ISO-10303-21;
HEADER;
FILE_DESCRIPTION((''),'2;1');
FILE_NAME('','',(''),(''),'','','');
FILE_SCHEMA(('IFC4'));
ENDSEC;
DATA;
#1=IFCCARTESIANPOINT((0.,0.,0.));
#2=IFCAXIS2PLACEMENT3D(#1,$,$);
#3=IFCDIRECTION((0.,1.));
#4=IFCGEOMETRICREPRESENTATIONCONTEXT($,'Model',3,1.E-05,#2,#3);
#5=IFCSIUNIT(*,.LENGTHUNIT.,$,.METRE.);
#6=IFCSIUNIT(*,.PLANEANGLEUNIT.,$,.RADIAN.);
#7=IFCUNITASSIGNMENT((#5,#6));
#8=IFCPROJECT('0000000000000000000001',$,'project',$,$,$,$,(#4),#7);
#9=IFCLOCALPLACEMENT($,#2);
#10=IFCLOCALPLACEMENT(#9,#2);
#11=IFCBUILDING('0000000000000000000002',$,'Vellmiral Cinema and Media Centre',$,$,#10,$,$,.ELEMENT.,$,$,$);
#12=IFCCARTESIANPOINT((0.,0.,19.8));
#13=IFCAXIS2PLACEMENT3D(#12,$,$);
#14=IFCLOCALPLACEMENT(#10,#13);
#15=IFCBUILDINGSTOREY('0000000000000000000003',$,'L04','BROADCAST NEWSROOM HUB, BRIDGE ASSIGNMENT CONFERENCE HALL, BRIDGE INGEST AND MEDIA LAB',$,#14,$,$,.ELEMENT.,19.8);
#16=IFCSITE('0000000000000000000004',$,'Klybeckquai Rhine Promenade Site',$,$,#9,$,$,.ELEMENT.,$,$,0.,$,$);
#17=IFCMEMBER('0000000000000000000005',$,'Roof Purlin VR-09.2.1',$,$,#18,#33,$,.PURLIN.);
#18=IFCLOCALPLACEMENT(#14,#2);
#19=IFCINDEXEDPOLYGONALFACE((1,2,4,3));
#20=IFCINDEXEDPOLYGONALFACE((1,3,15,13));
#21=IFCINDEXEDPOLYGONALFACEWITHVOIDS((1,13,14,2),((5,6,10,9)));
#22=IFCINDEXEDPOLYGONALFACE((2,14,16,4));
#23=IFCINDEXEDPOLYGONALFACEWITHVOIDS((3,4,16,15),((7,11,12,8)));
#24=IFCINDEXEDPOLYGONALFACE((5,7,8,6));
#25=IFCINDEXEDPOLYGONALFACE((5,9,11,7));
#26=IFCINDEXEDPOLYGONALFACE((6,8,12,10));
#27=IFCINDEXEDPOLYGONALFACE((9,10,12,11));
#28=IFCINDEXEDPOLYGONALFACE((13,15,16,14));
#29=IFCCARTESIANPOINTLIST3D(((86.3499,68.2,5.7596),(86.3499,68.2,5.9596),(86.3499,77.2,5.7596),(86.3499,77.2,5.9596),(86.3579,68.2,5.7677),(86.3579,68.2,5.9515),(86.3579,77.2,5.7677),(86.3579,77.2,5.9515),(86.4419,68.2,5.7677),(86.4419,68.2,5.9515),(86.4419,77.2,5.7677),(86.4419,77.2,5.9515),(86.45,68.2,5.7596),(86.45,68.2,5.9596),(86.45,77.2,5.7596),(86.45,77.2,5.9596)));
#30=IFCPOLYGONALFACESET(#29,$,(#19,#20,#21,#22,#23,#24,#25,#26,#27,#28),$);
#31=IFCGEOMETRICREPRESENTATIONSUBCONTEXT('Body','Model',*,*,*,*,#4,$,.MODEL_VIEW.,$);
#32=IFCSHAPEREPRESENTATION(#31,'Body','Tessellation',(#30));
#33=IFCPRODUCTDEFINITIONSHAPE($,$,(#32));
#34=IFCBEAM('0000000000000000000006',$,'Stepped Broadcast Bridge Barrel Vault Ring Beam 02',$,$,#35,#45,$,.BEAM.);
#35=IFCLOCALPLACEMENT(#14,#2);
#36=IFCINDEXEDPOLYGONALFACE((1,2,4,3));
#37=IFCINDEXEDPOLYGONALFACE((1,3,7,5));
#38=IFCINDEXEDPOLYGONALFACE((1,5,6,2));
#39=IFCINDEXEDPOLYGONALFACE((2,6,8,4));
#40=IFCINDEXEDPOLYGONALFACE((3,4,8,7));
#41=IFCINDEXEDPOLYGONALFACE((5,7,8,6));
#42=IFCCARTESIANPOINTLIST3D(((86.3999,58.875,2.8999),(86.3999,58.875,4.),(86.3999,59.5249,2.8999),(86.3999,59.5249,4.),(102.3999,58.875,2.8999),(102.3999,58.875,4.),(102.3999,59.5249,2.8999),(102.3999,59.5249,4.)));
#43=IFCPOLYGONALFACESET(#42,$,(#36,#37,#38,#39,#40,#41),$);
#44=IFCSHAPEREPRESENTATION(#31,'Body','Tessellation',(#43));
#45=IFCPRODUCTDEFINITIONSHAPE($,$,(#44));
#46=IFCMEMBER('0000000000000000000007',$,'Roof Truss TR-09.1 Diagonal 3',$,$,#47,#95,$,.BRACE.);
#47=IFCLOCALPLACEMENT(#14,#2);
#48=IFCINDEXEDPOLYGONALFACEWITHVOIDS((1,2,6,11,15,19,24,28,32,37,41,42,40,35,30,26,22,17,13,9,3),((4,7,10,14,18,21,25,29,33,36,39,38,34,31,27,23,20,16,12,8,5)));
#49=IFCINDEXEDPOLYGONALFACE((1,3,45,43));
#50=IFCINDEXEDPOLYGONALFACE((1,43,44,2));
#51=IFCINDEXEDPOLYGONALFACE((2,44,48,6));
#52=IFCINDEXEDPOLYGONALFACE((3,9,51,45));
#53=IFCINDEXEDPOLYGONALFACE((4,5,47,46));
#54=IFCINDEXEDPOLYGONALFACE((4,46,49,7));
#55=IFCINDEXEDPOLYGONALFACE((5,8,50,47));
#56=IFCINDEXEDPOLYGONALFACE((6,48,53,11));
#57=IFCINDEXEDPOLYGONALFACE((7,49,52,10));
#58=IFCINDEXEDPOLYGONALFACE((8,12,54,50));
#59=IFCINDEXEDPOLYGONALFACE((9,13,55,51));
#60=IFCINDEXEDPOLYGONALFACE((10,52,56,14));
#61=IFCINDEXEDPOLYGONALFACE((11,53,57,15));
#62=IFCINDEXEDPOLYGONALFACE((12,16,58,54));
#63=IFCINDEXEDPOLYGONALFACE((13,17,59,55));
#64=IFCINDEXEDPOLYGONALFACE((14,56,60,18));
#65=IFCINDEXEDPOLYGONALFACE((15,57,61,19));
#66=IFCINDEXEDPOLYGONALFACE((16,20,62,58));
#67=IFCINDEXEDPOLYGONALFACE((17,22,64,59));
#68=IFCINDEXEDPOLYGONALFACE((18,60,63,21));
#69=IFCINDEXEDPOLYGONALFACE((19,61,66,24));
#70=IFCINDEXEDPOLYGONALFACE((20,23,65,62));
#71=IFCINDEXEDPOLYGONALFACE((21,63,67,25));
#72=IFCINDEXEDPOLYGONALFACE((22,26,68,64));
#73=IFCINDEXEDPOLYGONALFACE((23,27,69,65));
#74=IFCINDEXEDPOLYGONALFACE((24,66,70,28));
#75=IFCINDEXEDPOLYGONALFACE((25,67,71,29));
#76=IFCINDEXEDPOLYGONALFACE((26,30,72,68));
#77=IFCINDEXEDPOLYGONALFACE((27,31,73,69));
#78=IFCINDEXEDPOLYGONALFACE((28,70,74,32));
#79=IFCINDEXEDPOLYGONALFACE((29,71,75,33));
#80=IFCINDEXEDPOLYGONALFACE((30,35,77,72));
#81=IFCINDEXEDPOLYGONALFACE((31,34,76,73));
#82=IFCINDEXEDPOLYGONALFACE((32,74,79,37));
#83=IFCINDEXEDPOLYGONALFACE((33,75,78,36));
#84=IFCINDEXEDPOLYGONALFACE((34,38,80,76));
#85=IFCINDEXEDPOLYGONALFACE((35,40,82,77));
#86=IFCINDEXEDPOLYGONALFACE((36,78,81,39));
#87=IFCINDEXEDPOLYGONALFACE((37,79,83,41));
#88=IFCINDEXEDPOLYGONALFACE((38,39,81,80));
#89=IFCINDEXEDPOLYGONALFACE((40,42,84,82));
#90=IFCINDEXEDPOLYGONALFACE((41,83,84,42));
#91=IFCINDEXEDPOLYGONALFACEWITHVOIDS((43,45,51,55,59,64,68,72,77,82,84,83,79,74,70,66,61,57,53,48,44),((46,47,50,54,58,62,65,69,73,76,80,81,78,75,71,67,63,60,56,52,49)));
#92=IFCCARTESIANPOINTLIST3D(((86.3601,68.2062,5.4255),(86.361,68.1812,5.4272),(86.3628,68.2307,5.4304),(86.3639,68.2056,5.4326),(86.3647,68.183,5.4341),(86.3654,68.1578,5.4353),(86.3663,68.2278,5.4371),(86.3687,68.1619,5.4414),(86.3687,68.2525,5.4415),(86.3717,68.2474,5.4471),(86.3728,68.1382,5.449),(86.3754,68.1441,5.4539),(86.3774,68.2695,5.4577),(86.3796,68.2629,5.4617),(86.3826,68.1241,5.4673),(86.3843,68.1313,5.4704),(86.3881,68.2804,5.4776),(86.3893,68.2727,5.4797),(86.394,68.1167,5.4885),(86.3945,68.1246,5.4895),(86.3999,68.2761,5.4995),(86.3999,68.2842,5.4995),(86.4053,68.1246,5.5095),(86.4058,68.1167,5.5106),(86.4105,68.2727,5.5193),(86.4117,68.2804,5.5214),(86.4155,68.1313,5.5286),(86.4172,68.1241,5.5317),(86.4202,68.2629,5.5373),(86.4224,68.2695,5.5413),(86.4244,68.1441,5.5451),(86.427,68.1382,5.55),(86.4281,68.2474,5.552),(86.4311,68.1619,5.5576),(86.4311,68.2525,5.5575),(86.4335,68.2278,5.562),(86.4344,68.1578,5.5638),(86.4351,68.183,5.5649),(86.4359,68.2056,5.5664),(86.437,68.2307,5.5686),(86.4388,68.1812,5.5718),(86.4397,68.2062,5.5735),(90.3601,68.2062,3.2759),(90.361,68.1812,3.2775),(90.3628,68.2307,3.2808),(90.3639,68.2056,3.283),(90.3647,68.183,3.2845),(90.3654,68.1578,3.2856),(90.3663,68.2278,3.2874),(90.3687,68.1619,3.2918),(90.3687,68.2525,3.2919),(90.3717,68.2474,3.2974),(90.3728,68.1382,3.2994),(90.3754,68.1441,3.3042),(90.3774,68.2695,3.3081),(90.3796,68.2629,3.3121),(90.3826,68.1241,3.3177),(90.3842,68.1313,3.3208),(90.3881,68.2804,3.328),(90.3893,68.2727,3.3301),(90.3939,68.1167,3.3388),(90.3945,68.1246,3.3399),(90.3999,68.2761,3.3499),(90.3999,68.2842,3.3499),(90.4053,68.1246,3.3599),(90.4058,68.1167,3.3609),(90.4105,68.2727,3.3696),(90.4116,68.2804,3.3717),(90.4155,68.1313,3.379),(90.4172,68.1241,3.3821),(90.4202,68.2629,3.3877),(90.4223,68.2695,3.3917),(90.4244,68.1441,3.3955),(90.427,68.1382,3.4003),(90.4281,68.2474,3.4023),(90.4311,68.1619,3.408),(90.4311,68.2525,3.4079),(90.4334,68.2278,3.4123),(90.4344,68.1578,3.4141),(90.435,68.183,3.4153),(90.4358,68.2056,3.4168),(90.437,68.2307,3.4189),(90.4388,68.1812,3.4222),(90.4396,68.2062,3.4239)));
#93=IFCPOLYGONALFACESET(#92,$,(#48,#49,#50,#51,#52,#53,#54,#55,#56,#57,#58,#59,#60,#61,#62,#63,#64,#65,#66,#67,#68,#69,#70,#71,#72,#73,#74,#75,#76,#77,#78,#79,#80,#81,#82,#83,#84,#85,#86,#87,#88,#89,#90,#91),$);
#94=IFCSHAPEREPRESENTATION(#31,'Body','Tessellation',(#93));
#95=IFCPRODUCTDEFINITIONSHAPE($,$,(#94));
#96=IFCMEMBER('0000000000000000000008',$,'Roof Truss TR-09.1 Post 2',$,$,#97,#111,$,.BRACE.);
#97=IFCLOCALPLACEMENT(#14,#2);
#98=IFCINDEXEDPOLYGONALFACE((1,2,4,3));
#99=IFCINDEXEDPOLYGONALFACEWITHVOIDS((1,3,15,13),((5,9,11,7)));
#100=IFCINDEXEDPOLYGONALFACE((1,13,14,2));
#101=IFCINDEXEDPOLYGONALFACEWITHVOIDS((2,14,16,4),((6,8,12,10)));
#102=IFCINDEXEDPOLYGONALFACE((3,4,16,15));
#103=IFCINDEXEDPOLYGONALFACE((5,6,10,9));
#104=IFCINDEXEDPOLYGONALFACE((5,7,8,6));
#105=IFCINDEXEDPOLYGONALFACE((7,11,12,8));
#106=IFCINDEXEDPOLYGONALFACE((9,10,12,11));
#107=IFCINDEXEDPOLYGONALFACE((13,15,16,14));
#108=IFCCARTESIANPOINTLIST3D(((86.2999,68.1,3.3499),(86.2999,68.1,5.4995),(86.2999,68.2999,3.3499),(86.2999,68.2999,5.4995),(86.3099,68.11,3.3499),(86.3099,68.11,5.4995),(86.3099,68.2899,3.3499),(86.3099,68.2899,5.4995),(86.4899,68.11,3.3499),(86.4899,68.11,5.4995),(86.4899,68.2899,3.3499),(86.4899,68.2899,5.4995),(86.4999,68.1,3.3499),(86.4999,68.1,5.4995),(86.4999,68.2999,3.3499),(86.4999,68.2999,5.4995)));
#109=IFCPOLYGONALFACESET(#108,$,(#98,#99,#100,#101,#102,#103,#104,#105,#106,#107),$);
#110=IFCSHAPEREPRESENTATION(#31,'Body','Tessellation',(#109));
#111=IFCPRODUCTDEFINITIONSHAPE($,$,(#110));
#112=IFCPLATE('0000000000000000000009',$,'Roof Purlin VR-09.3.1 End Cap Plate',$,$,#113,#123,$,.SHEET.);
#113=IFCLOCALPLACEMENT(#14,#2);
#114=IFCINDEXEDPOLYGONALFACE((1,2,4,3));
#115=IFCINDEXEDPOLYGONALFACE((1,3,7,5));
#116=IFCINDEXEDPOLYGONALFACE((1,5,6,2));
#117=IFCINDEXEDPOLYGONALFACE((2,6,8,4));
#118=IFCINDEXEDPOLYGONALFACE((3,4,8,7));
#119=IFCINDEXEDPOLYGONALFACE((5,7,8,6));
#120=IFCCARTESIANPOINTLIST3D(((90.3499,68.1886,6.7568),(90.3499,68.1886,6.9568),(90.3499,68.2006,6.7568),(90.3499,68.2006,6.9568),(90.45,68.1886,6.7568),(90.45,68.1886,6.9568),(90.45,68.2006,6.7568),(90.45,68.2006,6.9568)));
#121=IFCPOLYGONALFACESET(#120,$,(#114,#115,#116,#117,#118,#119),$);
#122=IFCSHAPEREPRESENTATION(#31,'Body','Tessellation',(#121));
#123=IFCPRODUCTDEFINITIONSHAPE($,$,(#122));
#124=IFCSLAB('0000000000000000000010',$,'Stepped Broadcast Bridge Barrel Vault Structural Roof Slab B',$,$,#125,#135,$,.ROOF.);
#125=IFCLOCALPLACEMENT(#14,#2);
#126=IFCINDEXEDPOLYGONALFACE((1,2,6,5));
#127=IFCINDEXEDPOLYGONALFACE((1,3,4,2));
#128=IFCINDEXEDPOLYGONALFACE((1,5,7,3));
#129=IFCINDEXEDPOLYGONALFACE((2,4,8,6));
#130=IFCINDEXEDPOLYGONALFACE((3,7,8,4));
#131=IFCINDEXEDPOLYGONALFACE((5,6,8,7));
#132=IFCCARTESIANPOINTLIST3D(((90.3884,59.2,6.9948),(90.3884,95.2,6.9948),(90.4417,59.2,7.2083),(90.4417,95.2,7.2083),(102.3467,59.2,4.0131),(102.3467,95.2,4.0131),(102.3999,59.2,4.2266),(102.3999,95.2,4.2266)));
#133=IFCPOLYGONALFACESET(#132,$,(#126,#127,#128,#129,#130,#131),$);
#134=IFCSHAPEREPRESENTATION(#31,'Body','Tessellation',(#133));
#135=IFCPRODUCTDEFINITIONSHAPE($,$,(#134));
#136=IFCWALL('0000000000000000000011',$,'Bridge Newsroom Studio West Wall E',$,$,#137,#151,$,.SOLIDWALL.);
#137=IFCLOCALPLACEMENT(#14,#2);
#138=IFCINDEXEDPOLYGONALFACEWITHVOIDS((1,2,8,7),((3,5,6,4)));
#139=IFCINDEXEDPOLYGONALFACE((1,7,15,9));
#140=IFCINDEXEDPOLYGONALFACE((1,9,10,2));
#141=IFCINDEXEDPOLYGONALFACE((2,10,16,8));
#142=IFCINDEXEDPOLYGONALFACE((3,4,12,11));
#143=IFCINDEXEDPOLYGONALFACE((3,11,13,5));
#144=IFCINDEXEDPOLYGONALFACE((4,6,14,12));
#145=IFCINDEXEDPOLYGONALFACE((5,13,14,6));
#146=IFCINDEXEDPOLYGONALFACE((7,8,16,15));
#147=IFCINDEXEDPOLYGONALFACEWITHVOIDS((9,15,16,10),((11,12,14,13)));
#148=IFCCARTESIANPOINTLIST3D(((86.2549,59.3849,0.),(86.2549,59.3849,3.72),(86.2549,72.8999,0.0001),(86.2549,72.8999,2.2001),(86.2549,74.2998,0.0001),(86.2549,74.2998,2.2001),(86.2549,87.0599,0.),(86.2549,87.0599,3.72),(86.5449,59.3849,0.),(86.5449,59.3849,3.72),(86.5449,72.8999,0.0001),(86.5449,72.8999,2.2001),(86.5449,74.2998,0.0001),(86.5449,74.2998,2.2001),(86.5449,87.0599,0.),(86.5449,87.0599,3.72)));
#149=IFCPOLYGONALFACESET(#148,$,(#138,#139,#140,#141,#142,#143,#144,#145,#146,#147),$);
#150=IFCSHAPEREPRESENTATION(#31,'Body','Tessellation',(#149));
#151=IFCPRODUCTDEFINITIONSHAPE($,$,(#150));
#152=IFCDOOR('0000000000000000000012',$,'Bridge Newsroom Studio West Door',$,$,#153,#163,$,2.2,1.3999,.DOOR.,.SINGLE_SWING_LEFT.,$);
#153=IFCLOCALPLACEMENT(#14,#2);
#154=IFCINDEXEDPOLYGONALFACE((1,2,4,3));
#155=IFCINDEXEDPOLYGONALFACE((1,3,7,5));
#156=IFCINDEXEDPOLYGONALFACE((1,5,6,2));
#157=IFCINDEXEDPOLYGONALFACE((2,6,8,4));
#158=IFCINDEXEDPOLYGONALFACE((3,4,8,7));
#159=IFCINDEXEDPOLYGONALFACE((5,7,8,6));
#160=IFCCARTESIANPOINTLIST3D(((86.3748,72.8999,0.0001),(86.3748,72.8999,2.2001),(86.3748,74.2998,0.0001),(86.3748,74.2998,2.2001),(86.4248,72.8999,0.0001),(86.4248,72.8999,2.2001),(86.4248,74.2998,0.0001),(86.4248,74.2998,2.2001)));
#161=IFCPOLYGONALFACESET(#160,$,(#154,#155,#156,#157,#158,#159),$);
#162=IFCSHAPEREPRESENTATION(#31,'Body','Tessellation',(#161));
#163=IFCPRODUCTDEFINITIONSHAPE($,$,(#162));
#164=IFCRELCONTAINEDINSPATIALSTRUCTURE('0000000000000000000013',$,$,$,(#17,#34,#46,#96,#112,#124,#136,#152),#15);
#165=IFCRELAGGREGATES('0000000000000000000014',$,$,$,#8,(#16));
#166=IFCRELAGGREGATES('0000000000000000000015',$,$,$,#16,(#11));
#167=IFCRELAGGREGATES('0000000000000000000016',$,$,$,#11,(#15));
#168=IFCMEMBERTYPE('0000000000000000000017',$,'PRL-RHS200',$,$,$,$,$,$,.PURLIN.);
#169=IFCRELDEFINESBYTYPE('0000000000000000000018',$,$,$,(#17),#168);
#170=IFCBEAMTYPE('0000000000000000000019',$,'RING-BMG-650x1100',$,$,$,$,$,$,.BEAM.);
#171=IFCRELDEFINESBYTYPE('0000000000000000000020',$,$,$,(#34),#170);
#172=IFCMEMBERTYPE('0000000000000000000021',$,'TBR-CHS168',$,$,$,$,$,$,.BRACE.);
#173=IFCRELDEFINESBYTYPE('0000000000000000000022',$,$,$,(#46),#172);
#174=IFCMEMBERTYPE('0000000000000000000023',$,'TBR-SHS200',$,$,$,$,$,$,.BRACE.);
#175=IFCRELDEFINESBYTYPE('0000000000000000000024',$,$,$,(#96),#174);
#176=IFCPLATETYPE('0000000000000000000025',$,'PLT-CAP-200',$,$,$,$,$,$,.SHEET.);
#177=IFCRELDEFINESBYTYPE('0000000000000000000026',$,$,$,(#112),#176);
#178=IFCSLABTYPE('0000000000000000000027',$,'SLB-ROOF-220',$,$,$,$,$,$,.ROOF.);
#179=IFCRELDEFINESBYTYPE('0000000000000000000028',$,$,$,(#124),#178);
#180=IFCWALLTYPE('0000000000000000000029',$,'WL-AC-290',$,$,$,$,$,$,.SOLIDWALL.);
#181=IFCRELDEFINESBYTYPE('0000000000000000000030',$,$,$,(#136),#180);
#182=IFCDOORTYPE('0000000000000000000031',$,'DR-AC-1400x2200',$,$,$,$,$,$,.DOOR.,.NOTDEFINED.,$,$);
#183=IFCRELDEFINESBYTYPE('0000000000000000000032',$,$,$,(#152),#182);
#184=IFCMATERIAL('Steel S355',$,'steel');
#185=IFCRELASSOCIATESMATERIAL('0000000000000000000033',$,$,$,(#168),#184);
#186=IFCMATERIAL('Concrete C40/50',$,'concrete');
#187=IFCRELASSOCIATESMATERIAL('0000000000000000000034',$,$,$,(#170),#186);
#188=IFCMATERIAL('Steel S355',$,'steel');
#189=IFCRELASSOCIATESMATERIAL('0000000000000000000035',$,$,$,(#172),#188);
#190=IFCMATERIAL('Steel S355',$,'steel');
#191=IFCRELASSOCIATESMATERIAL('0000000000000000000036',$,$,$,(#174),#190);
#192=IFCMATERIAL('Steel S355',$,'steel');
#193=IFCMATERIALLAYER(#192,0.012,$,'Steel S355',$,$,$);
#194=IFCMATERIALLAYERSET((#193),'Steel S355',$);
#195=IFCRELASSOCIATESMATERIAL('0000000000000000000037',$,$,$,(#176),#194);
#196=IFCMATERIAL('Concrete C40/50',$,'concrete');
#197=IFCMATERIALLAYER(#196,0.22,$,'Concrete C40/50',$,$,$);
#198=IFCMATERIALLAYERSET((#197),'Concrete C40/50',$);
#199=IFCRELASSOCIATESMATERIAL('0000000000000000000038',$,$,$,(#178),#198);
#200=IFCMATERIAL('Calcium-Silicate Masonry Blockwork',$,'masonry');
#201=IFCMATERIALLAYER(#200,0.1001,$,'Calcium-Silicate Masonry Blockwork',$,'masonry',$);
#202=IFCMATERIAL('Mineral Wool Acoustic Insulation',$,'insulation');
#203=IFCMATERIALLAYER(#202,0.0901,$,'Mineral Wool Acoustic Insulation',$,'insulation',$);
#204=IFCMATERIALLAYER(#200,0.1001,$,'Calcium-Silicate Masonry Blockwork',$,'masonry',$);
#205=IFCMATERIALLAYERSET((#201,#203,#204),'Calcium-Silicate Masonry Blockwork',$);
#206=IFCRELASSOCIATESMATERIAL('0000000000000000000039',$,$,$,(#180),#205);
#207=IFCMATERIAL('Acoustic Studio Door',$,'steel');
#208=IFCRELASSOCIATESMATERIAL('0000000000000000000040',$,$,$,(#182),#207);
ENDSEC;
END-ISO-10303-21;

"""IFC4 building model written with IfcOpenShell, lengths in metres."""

from ifc_helpers import new_model, si_unit, direction, frame, frame_2d, origin, origin_2d, place, context, subcontext, project, spatial, polyline, rectangle, hollow_rectangle, hollow_circle, outline, extrude, material, layer, layer_set, material_profile, profile_set, type_object, element, fill, save


model = new_model("IFC4")

# Units and contexts
model_context = context("Model", 3, precision=1e-05, world=origin(), true_north=direction((0.0, 1.0)))
body_context = subcontext(model_context, "Body", "Model", "MODEL_VIEW")
ifc_project = project(units=[si_unit("LENGTHUNIT", "METRE"), si_unit("PLANEANGLEUNIT", "RADIAN")], contexts=[model_context])

# Site, building, storey
site_placement = place(None, origin())
site = spatial("IfcSite", under=ifc_project, at=site_placement, Name="Klybeckquai Rhine Promenade Site", CompositionType="ELEMENT", RefElevation=0.0)
building_placement = place(site_placement, origin())
building = spatial("IfcBuilding", under=site, at=building_placement, Name="Vellmiral Cinema and Media Centre", CompositionType="ELEMENT")
storey_placement = place(building_placement, frame((0.0, 0.0, 19.8)))
storey = spatial("IfcBuildingStorey", under=building, at=storey_placement, Name="L04", Description="BROADCAST NEWSROOM HUB, BRIDGE ASSIGNMENT CONFERENCE HALL, BRIDGE INGEST AND MEDIA LAB", CompositionType="ELEMENT", Elevation=19.8)

# Member
ifc_material_1 = material(Name="Steel S355", Category="steel")
ifc_material_profile_1 = material_profile(ifc_material_1, hollow_rectangle(XDim=0.1001, YDim=0.2, WallThickness=0.0081, at=origin_2d()), Name="RHS 200x100x8.0")
ifc_profile_set_1 = profile_set([ifc_material_profile_1], Name="Steel S355")
member_type_1 = type_object("IfcMemberType", Name="PRL-RHS200", PredefinedType="PURLIN", material=ifc_profile_set_1)
member_1_placement = place(storey_placement, frame((86.3999, 68.2, 5.8596), z_axis=(0.0, 1.0, 0.0), x_axis=(-1.0, 0.0, 0.0)))
element("IfcMember", 1, at=member_1_placement, inside=storey, type_object=member_type_1, Name="Roof Purlin VR-09.2.1", PredefinedType="PURLIN", context=body_context, shape_type="SweptSolid", body=[
    extrude(hollow_rectangle(XDim=0.1001, YDim=0.2, WallThickness=0.0081, at=origin_2d()), origin(), (0.0, 0.0, 1.0), 9.0),
])

# Beam
ifc_material_2 = material(Name="Concrete C40/50", Category="concrete")
ifc_material_profile_2 = material_profile(ifc_material_2, rectangle(XDim=0.6499, YDim=1.1001, at=origin_2d()), Name="RC 650x1100")
ifc_profile_set_2 = profile_set([ifc_material_profile_2], Name="Concrete C40/50")
beam_type = type_object("IfcBeamType", Name="RING-BMG-650x1100", PredefinedType="BEAM", material=ifc_profile_set_2)
beam_placement = place(storey_placement, frame((86.3999, 59.2, 3.45), z_axis=(1.0, 0.0, 0.0), x_axis=(0.0, 1.0, 0.0)))
element("IfcBeam", 2, at=beam_placement, inside=storey, type_object=beam_type, Name="Stepped Broadcast Bridge Barrel Vault Ring Beam 02", PredefinedType="BEAM", context=body_context, shape_type="SweptSolid", body=[
    extrude(rectangle(XDim=0.6499, YDim=1.1001, at=origin_2d()), origin(), (0.0, 0.0, 1.0), 16.0),
])

# Members
ifc_material_3 = material(Name="Steel S355", Category="steel")
ifc_material_profile_3 = material_profile(ifc_material_3, hollow_circle(Radius=0.0842, WallThickness=0.0081, at=origin_2d()), Name="CHS 168.3x8.0")
ifc_profile_set_3 = profile_set([ifc_material_profile_3], Name="Steel S355")
member_type_2 = type_object("IfcMemberType", Name="TBR-CHS168", PredefinedType="BRACE", material=ifc_profile_set_3)
member_2_placement = place(storey_placement, frame((86.3999, 68.2, 5.4995), z_axis=(0.880856, 0.0, -0.473385), x_axis=(0.0, 1.0, 0.0)))
element("IfcMember", 3, at=member_2_placement, inside=storey, type_object=member_type_2, Name="Roof Truss TR-09.1 Diagonal 3", PredefinedType="BRACE", context=body_context, shape_type="SweptSolid", body=[
    extrude(hollow_circle(Radius=0.0842, WallThickness=0.0081, at=origin_2d()), origin(), (0.0, 0.0, 1.0), 4.541),
])
ifc_material_4 = material(Name="Steel S355", Category="steel")
ifc_material_profile_4 = material_profile(ifc_material_4, hollow_rectangle(XDim=0.2, YDim=0.2, WallThickness=0.01, at=origin_2d()), Name="SHS 200x200x10.0")
ifc_profile_set_4 = profile_set([ifc_material_profile_4], Name="Steel S355")
member_type_3 = type_object("IfcMemberType", Name="TBR-SHS200", PredefinedType="BRACE", material=ifc_profile_set_4)
member_3_placement = place(storey_placement, frame((86.3999, 68.2, 3.3499), z_axis=(0.0, 0.0, 1.0), x_axis=(1.0, 0.0, 0.0)))
element("IfcMember", 4, at=member_3_placement, inside=storey, type_object=member_type_3, Name="Roof Truss TR-09.1 Post 2", PredefinedType="BRACE", context=body_context, shape_type="SweptSolid", body=[
    extrude(hollow_rectangle(XDim=0.2, YDim=0.2, WallThickness=0.01, at=origin_2d()), origin(), (0.0, 0.0, 1.0), 2.1497),
])

# Plate
ifc_material_5 = material(Name="Steel S355", Category="steel")
ifc_layer_1 = layer(ifc_material_5, 0.012, Name="Steel S355")
ifc_layer_set_1 = layer_set([ifc_layer_1], Name="Steel S355")
plate_type = type_object("IfcPlateType", Name="PLT-CAP-200", PredefinedType="SHEET", material=ifc_layer_set_1)
plate_placement = place(storey_placement, frame((90.3999, 68.1946, 6.7568), z_axis=(0.0, 0.0, 1.0), x_axis=(1.0, 0.0, 0.0)))
element("IfcPlate", 5, at=plate_placement, inside=storey, type_object=plate_type, Name="Roof Purlin VR-09.3.1 End Cap Plate", PredefinedType="SHEET", context=body_context, shape_type="SweptSolid", body=[
    extrude(rectangle(XDim=0.1001, YDim=0.012, at=origin_2d()), origin(), (0.0, 0.0, 1.0), 0.2),
])

# Slab
ifc_material_6 = material(Name="Concrete C40/50", Category="concrete")
ifc_layer_2 = layer(ifc_material_6, 0.22, Name="Concrete C40/50")
ifc_layer_set_2 = layer_set([ifc_layer_2], Name="Concrete C40/50")
slab_type = type_object("IfcSlabType", Name="SLB-ROOF-220", PredefinedType="ROOF", material=ifc_layer_set_2)
slab_placement = place(storey_placement, frame((90.4417, 59.2, 7.2083), z_axis=(0.241934, 0.0, 0.970293), x_axis=(0.970293, 0.0, -0.241934)))
element("IfcSlab", 6, at=slab_placement, inside=storey, type_object=slab_type, Name="Stepped Broadcast Bridge Barrel Vault Structural Roof Slab B", PredefinedType="ROOF", context=body_context, shape_type="SweptSolid", body=[
    extrude(outline(polyline([(0.0, 0.0), (12.3244, 0.0), (12.3244, 36.0), (0.0, 36.0), (0.0, 0.0)])), origin(), (0.0, 0.0, -1.0), 0.22),
])

# Wall, opening, door
ifc_material_7 = material(Name="Calcium-Silicate Masonry Blockwork", Category="masonry")
ifc_layer_3 = layer(ifc_material_7, 0.1001, Name="Calcium-Silicate Masonry Blockwork", Category="masonry")
ifc_material_8 = material(Name="Mineral Wool Acoustic Insulation", Category="insulation")
ifc_layer_4 = layer(ifc_material_8, 0.0901, Name="Mineral Wool Acoustic Insulation", Category="insulation")
ifc_layer_5 = layer(ifc_material_7, 0.1001, Name="Calcium-Silicate Masonry Blockwork", Category="masonry")
ifc_layer_set_3 = layer_set([ifc_layer_3, ifc_layer_4, ifc_layer_5], Name="Calcium-Silicate Masonry Blockwork")
wall_type_1 = type_object("IfcWallType", Name="WL-AC-290", PredefinedType="SOLIDWALL", material=ifc_layer_set_3)
wall_1_placement = place(storey_placement, frame((86.3999, 59.385, 0.0), z_axis=(0.0, 0.0, 1.0), x_axis=(0.0, 1.0, 0.0)))
wall_1 = element("IfcWall", 7, at=wall_1_placement, inside=storey, type_object=wall_type_1, Name="Bridge Newsroom Studio West Wall E", PredefinedType="SOLIDWALL", context=body_context, shape_type="SweptSolid", body=[
    extrude(rectangle(XDim=27.675, YDim=0.29, at=frame_2d((13.8374, 0.0))), origin(), (0.0, 0.0, 1.0), 3.72),
])
opening_1_placement = place(wall_1_placement, frame((13.5149, 0.0, 0.0)))
opening_1 = element("IfcOpeningElement", 8, at=opening_1_placement, cuts=wall_1, PredefinedType="OPENING", context=body_context, shape_type="SweptSolid", body=[
    extrude(rectangle(XDim=1.3999, YDim=2.2, at=frame_2d((0.7, 1.1001))), frame((0.0, 0.157, 0.0), z_axis=(0.0, -1.0, 0.0), x_axis=(1.0, 0.0, 0.0)), (0.0, 0.0, 1.0), 0.314),
])
ifc_material_9 = material(Name="Acoustic Studio Door", Category="steel")
door_type_1 = type_object("IfcDoorType", Name="DR-AC-1400x2200", OperationType="NOTDEFINED", PredefinedType="DOOR", material=ifc_material_9)
door_1_placement = place(opening_1_placement, frame((1.3999, 0.0, 0.0), z_axis=(0.0, 0.0, 1.0), x_axis=(-1.0, 0.0, 0.0)))
door_1 = element("IfcDoor", 9, at=door_1_placement, inside=storey, type_object=door_type_1, Name="Bridge Newsroom Studio West Door", OperationType="SINGLE_SWING_LEFT", OverallHeight=2.2, OverallWidth=1.3999, PredefinedType="DOOR", context=body_context, shape_type="SweptSolid", body=[
    extrude(rectangle(XDim=1.3999, YDim=2.2, at=frame_2d((0.7, 1.1001))), frame((0.0, 0.0249, 0.0), z_axis=(0.0, -1.0, 0.0), x_axis=(1.0, 0.0, 0.0)), (0.0, 0.0, 1.0), 0.05),
])
fill(opening_1, door_1)

save(model, "model.ifc")
